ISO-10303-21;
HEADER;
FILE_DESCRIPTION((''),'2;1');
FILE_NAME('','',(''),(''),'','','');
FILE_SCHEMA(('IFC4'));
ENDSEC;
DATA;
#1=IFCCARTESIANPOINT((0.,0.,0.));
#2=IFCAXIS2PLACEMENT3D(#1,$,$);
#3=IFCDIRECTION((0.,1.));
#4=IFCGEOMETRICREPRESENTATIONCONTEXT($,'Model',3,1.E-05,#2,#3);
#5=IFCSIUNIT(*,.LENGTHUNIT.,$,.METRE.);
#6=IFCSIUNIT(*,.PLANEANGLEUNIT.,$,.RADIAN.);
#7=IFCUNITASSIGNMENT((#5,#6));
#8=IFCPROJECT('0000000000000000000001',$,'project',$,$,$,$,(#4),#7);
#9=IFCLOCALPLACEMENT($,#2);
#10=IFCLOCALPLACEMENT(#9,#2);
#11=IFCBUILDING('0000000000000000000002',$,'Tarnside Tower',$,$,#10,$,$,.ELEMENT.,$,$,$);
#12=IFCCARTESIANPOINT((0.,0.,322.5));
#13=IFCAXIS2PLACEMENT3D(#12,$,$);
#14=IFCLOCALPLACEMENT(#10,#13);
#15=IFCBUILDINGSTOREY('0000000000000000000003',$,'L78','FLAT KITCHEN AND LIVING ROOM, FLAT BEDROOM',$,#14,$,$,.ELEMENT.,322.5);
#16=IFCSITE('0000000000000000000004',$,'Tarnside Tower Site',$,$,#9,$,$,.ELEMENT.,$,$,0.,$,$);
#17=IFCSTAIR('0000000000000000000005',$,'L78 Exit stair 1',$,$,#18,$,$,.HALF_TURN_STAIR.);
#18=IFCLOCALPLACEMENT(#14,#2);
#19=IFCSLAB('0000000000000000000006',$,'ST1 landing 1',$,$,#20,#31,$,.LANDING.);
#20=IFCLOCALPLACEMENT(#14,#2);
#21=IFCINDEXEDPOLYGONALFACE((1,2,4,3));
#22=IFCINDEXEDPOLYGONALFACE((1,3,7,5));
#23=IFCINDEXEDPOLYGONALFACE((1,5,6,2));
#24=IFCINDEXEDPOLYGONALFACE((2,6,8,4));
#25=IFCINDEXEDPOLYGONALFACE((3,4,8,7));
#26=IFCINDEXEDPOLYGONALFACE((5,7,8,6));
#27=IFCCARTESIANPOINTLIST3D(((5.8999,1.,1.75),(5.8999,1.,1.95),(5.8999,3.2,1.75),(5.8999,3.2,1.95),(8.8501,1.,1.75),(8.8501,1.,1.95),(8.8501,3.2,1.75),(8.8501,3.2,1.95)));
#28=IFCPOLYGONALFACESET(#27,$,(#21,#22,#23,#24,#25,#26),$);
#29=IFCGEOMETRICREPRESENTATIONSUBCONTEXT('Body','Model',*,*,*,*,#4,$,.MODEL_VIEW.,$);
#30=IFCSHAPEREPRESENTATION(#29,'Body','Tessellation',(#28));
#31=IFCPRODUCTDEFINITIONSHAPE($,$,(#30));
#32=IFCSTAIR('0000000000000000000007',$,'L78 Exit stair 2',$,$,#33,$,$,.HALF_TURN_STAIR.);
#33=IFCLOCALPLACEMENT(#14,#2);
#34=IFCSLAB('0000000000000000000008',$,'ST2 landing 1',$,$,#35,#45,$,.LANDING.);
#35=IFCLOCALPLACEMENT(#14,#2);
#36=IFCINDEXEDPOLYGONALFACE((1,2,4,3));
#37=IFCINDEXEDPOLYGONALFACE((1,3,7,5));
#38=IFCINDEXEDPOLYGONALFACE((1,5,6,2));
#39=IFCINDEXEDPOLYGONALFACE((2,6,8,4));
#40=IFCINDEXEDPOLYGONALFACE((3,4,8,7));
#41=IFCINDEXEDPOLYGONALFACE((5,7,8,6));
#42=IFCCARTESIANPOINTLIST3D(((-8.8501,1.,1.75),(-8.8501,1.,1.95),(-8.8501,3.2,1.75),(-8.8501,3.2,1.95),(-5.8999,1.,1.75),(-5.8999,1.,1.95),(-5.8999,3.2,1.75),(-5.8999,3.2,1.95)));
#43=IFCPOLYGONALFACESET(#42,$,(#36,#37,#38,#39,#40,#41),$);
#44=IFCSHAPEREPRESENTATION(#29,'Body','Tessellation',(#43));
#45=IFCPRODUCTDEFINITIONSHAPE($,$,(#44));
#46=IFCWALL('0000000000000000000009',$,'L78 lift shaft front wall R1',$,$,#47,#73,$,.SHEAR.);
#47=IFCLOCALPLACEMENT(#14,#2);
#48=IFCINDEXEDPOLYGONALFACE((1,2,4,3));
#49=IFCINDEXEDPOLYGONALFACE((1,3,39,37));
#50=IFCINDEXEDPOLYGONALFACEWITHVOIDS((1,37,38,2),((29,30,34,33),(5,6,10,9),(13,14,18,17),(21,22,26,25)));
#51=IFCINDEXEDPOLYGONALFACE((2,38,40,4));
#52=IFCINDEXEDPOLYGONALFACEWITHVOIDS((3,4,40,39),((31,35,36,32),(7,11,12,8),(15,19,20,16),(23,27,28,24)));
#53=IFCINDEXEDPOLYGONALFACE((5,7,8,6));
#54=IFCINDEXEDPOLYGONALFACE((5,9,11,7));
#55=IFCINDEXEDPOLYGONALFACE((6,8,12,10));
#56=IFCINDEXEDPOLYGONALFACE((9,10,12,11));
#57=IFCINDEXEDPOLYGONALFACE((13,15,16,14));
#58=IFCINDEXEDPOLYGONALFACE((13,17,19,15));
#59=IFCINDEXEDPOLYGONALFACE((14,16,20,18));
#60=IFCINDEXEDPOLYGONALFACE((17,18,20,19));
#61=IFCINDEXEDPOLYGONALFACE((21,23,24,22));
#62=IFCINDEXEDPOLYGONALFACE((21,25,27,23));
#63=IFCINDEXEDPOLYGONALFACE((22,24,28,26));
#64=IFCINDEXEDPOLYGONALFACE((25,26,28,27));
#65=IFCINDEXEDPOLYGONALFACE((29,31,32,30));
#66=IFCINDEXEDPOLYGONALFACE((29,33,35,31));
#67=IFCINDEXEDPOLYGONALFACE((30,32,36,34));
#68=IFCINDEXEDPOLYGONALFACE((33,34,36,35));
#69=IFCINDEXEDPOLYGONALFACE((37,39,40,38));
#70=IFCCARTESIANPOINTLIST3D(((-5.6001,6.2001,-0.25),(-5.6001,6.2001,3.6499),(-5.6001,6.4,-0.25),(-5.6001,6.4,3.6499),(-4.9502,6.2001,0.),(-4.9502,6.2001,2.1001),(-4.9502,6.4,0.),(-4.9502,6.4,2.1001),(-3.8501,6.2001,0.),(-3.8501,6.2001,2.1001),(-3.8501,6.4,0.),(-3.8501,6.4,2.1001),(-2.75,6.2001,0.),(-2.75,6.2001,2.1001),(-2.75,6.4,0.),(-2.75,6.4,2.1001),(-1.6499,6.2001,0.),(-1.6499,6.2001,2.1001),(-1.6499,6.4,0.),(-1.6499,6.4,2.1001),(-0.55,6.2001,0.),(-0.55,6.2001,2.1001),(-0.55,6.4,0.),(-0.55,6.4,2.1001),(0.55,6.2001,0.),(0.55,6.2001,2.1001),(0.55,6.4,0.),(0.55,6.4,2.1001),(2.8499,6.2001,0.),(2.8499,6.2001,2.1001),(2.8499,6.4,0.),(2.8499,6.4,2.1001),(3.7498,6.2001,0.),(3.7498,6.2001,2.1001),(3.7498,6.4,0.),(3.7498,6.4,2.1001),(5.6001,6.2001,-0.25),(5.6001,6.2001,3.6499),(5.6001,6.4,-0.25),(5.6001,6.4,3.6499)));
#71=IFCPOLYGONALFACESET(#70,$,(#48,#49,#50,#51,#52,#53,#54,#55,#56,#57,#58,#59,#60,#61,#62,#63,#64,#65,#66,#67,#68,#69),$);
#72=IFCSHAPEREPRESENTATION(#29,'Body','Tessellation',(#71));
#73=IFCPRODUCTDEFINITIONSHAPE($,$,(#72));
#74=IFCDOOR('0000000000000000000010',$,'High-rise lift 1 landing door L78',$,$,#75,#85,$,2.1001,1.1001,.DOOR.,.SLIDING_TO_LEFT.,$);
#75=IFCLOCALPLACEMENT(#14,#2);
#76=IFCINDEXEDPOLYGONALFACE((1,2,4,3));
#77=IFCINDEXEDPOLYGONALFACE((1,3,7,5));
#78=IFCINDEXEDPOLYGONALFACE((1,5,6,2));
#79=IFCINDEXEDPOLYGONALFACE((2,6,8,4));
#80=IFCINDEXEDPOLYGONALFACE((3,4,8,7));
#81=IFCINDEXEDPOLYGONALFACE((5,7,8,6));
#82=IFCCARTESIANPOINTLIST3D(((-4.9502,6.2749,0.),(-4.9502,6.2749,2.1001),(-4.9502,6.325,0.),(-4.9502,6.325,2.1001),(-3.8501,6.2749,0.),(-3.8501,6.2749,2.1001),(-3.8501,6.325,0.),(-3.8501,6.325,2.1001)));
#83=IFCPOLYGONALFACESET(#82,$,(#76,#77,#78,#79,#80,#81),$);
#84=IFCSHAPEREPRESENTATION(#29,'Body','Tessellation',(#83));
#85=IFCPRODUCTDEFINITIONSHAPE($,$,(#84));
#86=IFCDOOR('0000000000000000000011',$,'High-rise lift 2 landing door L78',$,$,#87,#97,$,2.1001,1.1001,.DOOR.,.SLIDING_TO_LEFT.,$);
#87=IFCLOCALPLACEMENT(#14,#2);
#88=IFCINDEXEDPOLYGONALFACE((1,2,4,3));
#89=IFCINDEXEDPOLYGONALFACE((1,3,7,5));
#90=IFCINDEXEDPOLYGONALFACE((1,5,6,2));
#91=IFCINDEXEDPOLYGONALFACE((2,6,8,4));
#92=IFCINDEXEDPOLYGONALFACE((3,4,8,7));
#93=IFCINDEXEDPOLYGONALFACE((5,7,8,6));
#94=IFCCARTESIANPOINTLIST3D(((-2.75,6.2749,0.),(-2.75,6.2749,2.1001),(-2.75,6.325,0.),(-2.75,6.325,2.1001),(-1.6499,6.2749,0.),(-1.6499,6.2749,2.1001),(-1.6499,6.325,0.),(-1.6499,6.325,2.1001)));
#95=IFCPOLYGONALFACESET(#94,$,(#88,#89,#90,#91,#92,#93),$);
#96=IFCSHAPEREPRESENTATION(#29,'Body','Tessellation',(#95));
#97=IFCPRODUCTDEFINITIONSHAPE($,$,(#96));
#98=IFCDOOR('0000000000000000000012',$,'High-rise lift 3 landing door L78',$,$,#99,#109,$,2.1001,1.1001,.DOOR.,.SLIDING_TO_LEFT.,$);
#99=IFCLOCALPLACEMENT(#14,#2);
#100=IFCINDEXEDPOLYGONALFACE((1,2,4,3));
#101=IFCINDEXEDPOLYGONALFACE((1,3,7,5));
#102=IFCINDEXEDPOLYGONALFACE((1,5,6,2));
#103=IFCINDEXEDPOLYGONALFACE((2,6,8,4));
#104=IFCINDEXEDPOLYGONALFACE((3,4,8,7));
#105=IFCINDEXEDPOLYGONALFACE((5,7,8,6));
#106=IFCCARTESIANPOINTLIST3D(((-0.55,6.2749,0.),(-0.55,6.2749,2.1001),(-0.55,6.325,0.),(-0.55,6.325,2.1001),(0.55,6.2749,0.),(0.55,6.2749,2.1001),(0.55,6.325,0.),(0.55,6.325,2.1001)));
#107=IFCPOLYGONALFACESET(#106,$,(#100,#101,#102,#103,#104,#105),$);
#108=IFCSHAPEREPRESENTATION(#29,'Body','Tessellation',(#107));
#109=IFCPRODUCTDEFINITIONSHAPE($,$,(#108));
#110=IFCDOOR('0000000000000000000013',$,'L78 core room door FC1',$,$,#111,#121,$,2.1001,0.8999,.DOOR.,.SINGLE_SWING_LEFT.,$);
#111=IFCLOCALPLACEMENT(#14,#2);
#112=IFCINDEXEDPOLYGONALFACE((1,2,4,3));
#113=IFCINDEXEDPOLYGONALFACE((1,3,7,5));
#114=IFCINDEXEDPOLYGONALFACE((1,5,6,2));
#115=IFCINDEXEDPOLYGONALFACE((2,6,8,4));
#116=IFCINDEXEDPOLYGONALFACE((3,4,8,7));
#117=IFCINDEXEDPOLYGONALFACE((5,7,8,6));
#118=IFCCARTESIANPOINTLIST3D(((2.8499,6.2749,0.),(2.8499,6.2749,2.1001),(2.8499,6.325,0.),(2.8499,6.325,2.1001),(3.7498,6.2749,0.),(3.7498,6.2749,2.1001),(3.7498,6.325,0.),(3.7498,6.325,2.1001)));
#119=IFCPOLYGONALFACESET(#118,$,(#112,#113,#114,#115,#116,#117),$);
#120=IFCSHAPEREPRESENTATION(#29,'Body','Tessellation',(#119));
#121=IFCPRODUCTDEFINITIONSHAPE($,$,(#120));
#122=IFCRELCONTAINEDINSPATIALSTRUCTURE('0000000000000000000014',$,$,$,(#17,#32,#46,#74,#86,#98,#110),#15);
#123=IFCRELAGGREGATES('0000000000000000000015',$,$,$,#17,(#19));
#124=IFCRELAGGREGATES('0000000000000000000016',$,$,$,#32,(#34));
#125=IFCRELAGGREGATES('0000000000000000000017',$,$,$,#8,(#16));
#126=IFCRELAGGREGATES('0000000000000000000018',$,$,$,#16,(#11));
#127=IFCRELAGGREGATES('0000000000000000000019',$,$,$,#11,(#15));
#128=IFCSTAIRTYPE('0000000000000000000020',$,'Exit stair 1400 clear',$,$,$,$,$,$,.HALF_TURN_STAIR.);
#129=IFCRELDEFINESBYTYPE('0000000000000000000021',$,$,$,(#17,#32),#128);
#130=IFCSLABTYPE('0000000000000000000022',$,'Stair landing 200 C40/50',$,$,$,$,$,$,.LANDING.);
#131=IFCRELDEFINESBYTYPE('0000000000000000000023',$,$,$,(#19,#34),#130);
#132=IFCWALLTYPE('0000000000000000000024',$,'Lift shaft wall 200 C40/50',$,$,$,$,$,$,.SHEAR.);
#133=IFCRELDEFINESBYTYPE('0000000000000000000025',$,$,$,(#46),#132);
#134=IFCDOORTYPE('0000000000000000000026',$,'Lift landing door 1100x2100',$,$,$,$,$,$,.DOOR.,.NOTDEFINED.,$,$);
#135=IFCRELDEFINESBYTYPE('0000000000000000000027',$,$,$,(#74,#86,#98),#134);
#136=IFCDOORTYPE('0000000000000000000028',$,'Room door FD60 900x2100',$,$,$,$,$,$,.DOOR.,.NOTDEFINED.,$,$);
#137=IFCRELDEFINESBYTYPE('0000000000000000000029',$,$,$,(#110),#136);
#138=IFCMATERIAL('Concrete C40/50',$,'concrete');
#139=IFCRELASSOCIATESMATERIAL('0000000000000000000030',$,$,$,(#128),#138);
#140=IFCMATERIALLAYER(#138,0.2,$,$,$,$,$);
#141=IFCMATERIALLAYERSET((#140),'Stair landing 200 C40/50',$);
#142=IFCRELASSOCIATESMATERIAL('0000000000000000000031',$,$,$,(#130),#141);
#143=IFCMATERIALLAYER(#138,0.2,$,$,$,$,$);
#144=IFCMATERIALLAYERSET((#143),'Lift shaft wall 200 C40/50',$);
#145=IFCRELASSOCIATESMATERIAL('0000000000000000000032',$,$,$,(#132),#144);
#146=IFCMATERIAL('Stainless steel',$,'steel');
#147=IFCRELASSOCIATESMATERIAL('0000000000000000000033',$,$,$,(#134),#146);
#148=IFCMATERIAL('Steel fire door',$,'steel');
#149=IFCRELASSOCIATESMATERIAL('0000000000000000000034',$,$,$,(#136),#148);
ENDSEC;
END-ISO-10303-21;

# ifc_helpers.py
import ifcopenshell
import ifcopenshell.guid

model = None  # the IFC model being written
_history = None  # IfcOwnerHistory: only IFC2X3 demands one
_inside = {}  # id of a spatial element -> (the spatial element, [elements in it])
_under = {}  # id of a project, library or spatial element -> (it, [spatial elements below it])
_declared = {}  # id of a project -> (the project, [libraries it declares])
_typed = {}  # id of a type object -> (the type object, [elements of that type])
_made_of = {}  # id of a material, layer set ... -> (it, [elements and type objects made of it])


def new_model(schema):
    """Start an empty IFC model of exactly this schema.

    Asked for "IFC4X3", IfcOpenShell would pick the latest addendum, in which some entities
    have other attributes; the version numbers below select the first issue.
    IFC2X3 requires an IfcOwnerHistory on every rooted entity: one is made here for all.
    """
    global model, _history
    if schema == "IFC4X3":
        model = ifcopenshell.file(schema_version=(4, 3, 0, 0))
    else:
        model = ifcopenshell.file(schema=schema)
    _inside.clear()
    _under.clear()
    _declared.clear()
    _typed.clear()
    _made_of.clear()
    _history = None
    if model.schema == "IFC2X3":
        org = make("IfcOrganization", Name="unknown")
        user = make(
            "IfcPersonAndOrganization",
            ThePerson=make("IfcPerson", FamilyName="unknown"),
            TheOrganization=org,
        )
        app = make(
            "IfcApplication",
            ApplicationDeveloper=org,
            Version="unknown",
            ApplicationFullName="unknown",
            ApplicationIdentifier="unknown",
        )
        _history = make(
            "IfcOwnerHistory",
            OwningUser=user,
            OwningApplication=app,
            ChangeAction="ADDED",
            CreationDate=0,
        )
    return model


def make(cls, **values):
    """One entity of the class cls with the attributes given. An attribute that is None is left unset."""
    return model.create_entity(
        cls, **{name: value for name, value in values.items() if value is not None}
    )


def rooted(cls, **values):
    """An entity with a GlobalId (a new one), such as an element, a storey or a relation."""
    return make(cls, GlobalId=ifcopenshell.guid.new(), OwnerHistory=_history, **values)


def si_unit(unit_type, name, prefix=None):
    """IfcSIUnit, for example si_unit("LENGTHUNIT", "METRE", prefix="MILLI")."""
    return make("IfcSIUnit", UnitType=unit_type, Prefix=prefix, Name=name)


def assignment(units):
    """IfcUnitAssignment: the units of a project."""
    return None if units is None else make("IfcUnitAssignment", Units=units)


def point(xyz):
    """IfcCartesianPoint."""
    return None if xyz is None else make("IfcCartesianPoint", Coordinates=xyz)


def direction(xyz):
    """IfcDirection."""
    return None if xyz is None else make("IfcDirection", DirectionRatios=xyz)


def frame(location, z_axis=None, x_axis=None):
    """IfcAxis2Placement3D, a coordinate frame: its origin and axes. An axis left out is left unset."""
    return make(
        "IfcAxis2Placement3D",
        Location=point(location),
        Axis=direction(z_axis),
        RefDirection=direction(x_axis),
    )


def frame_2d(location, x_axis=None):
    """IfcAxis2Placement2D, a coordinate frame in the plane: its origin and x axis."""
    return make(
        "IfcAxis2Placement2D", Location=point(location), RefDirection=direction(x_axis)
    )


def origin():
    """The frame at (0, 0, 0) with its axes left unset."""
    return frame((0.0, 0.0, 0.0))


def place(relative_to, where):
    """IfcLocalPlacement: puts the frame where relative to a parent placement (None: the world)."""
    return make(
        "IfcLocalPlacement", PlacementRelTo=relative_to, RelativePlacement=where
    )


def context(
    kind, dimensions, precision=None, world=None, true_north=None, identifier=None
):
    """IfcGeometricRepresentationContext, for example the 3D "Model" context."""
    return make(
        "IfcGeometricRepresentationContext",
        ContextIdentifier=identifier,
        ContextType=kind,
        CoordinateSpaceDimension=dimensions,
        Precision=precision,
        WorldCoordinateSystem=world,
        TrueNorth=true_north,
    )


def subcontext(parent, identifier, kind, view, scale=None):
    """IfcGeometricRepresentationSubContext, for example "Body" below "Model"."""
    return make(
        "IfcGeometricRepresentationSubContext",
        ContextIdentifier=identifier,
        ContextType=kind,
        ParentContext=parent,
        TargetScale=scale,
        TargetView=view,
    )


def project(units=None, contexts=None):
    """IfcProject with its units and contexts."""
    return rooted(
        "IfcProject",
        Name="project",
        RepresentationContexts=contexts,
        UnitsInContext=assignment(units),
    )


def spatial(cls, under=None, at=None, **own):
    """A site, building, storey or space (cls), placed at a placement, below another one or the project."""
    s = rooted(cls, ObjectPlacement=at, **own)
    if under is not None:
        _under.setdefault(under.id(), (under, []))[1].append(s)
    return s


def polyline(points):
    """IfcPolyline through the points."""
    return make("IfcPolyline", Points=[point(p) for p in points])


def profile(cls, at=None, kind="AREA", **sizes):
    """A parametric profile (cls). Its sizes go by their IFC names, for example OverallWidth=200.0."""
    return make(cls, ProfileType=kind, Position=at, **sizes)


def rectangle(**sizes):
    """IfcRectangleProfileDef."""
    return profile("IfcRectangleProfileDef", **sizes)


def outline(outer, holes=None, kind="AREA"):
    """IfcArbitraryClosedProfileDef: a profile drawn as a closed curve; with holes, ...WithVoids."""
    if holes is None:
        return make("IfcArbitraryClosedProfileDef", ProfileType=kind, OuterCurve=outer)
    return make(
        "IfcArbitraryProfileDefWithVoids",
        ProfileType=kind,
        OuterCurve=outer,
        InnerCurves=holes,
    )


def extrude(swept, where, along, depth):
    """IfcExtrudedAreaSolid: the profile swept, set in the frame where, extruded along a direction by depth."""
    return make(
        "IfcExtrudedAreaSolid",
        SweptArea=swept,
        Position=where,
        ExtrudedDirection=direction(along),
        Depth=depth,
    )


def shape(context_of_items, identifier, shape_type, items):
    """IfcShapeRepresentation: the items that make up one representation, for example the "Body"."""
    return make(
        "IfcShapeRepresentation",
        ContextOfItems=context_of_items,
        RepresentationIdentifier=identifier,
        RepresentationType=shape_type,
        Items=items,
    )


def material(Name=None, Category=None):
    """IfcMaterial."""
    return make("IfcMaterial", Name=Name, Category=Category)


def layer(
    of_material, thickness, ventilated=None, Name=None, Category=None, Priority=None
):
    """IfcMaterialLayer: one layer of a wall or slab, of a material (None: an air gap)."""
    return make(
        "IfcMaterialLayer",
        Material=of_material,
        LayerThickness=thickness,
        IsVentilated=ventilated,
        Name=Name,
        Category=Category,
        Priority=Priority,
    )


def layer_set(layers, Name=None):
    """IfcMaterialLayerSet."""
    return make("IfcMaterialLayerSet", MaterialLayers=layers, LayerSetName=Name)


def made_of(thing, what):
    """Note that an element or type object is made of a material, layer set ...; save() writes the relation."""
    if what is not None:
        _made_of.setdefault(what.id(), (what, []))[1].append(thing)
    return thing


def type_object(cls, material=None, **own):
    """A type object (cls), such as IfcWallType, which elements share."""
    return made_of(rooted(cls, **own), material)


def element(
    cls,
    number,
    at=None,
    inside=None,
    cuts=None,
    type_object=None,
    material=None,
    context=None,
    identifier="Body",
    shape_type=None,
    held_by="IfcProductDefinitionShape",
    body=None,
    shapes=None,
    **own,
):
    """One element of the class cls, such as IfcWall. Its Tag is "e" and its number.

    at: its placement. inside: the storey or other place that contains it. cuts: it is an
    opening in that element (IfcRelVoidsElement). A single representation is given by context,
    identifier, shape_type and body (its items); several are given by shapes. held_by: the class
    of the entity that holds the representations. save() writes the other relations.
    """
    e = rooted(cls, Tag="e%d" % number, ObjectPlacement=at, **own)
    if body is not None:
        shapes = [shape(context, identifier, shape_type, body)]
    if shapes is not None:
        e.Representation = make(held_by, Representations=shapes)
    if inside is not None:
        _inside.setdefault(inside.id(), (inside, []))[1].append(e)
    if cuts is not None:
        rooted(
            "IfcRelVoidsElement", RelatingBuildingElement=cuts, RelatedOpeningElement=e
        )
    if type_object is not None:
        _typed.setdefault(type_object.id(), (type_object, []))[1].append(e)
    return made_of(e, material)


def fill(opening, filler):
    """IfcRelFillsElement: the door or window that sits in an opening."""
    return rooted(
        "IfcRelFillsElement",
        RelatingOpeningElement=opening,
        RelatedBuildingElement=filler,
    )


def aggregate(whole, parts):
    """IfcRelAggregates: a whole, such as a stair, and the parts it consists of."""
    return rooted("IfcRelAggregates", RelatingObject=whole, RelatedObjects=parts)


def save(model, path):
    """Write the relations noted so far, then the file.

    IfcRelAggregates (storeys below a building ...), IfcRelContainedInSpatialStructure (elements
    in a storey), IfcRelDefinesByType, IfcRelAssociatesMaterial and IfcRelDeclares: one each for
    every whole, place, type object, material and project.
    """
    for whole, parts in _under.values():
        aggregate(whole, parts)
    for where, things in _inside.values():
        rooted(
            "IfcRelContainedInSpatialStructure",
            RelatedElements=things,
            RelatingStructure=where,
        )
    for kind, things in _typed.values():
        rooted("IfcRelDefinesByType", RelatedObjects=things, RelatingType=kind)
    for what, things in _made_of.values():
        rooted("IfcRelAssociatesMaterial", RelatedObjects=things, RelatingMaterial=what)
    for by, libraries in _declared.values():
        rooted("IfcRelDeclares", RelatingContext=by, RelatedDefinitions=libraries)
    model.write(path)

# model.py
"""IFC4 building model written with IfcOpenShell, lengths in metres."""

from ifc_helpers import new_model, si_unit, direction, frame, frame_2d, origin, place, context, subcontext, project, spatial, polyline, rectangle, outline, extrude, material, layer, layer_set, type_object, element, fill, aggregate, save


model = new_model("IFC4")

# Units and contexts
model_context = context("Model", 3, precision=1e-05, world=origin(), true_north=direction((0.0, 1.0)))
body_context = subcontext(model_context, "Body", "Model", "MODEL_VIEW")
ifc_project = project(units=[si_unit("LENGTHUNIT", "METRE"), si_unit("PLANEANGLEUNIT", "RADIAN")], contexts=[model_context])

# Site, building, storey
site_placement = place(None, origin())
site = spatial("IfcSite", under=ifc_project, at=site_placement, Name="Tarnside Tower Site", CompositionType="ELEMENT", RefElevation=0.0)
building_placement = place(site_placement, origin())
building = spatial("IfcBuilding", under=site, at=building_placement, Name="Tarnside Tower", CompositionType="ELEMENT")
storey_placement = place(building_placement, frame((0.0, 0.0, 322.5)))
storey = spatial("IfcBuildingStorey", under=building, at=storey_placement, Name="L78", Description="FLAT KITCHEN AND LIVING ROOM, FLAT BEDROOM", CompositionType="ELEMENT", Elevation=322.5)

# Shared definitions
ifc_material_1 = material(Name="Concrete C40/50", Category="concrete")

# Stairs, slabs
stair_type = type_object("IfcStairType", Name="Exit stair 1400 clear", PredefinedType="HALF_TURN_STAIR", material=ifc_material_1)
stair_1_placement = place(storey_placement, origin())
stair_1 = element("IfcStair", 1, at=stair_1_placement, inside=storey, type_object=stair_type, Name="L78 Exit stair 1", PredefinedType="HALF_TURN_STAIR")
ifc_layer_1 = layer(ifc_material_1, 0.2)
ifc_layer_set_1 = layer_set([ifc_layer_1], Name="Stair landing 200 C40/50")
slab_type_1 = type_object("IfcSlabType", Name="Stair landing 200 C40/50", PredefinedType="LANDING", material=ifc_layer_set_1)
slab_1_placement = place(storey_placement, frame((0.0, 0.0, 1.75)))
slab_1 = element("IfcSlab", 2, at=slab_1_placement, type_object=slab_type_1, Name="ST1 landing 1", PredefinedType="LANDING", context=body_context, shape_type="SweptSolid", body=[
    extrude(outline(polyline([(8.8501, 1.0), (8.8501, 3.2), (5.8999, 3.2), (5.8999, 1.0), (8.8501, 1.0)])), origin(), (0.0, 0.0, 1.0), 0.2),
])
aggregate(stair_1, [slab_1])
stair_2_placement = place(storey_placement, origin())
stair_2 = element("IfcStair", 3, at=stair_2_placement, inside=storey, type_object=stair_type, Name="L78 Exit stair 2", PredefinedType="HALF_TURN_STAIR")
slab_2_placement = place(storey_placement, frame((0.0, 0.0, 1.75)))
slab_2 = element("IfcSlab", 4, at=slab_2_placement, type_object=slab_type_1, Name="ST2 landing 1", PredefinedType="LANDING", context=body_context, shape_type="SweptSolid", body=[
    extrude(outline(polyline([(-5.8999, 1.0), (-5.8999, 3.2), (-8.8501, 3.2), (-8.8501, 1.0), (-5.8999, 1.0)])), origin(), (0.0, 0.0, 1.0), 0.2),
])

# Wall, openings, doors
ifc_layer_2 = layer(ifc_material_1, 0.2)
ifc_layer_set_2 = layer_set([ifc_layer_2], Name="Lift shaft wall 200 C40/50")
wall_type = type_object("IfcWallType", Name="Lift shaft wall 200 C40/50", PredefinedType="SHEAR", material=ifc_layer_set_2)
wall_1_placement = place(storey_placement, frame((-5.6001, 6.3, -0.25), z_axis=(0.0, 0.0, 1.0), x_axis=(1.0, 0.0, 0.0)))
wall_1 = element("IfcWall", 5, at=wall_1_placement, inside=storey, type_object=wall_type, Name="L78 lift shaft front wall R1", PredefinedType="SHEAR", context=body_context, shape_type="SweptSolid", body=[
    extrude(rectangle(XDim=11.2002, YDim=0.2, at=frame_2d((5.6001, 0.0))), origin(), (0.0, 0.0, 1.0), 3.8999),
])
opening_1_placement = place(wall_1_placement, frame((8.45, 0.0, 0.25)))
opening_1 = element("IfcOpeningElement", 6, at=opening_1_placement, cuts=wall_1, PredefinedType="OPENING", context=body_context, shape_type="SweptSolid", body=[
    extrude(rectangle(XDim=0.8999, YDim=2.1001, at=frame_2d((0.45, 1.05))), frame((0.0, 0.1099, 0.0), z_axis=(0.0, -1.0, 0.0), x_axis=(1.0, 0.0, 0.0)), (0.0, 0.0, 1.0), 0.22),
])
opening_2_placement = place(wall_1_placement, frame((0.6499, 0.0, 0.25)))
opening_2 = element("IfcOpeningElement", 7, at=opening_2_placement, cuts=wall_1, PredefinedType="OPENING", context=body_context, shape_type="SweptSolid", body=[
    extrude(rectangle(XDim=1.1001, YDim=2.1001, at=frame_2d((0.55, 1.05))), frame((0.0, 0.1099, 0.0), z_axis=(0.0, -1.0, 0.0), x_axis=(1.0, 0.0, 0.0)), (0.0, 0.0, 1.0), 0.22),
])
opening_3_placement = place(wall_1_placement, frame((2.8501, 0.0, 0.25)))
opening_3 = element("IfcOpeningElement", 8, at=opening_3_placement, cuts=wall_1, PredefinedType="OPENING", context=body_context, shape_type="SweptSolid", body=[
    extrude(rectangle(XDim=1.1001, YDim=2.1001, at=frame_2d((0.55, 1.05))), frame((0.0, 0.1099, 0.0), z_axis=(0.0, -1.0, 0.0), x_axis=(1.0, 0.0, 0.0)), (0.0, 0.0, 1.0), 0.22),
])
opening_4_placement = place(wall_1_placement, frame((5.05, 0.0, 0.25)))
opening_4 = element("IfcOpeningElement", 9, at=opening_4_placement, cuts=wall_1, PredefinedType="OPENING", context=body_context, shape_type="SweptSolid", body=[
    extrude(rectangle(XDim=1.1001, YDim=2.1001, at=frame_2d((0.55, 1.05))), frame((0.0, 0.1099, 0.0), z_axis=(0.0, -1.0, 0.0), x_axis=(1.0, 0.0, 0.0)), (0.0, 0.0, 1.0), 0.22),
])
ifc_material_2 = material(Name="Stainless steel", Category="steel")
door_type_1 = type_object("IfcDoorType", Name="Lift landing door 1100x2100", OperationType="NOTDEFINED", PredefinedType="DOOR", material=ifc_material_2)
door_1_placement = place(opening_2_placement, origin())
door_1 = element("IfcDoor", 10, at=door_1_placement, inside=storey, type_object=door_type_1, Name="High-rise lift 1 landing door L78", OperationType="SLIDING_TO_LEFT", OverallHeight=2.1001, OverallWidth=1.1001, PredefinedType="DOOR", context=body_context, shape_type="SweptSolid", body=[
    extrude(rectangle(XDim=1.1001, YDim=2.1001, at=frame_2d((0.55, 1.05))), frame((0.0, 0.0249, 0.0), z_axis=(0.0, -1.0, 0.0), x_axis=(1.0, 0.0, 0.0)), (0.0, 0.0, 1.0), 0.05),
])
fill(opening_2, door_1)
door_2_placement = place(opening_3_placement, origin())
door_2 = element("IfcDoor", 11, at=door_2_placement, inside=storey, type_object=door_type_1, Name="High-rise lift 2 landing door L78", OperationType="SLIDING_TO_LEFT", OverallHeight=2.1001, OverallWidth=1.1001, PredefinedType="DOOR", context=body_context, shape_type="SweptSolid", body=[
    extrude(rectangle(XDim=1.1001, YDim=2.1001, at=frame_2d((0.55, 1.05))), frame((0.0, 0.0249, 0.0), z_axis=(0.0, -1.0, 0.0), x_axis=(1.0, 0.0, 0.0)), (0.0, 0.0, 1.0), 0.05),
])
fill(opening_3, door_2)
door_3_placement = place(opening_4_placement, origin())
door_3 = element("IfcDoor", 12, at=door_3_placement, inside=storey, type_object=door_type_1, Name="High-rise lift 3 landing door L78", OperationType="SLIDING_TO_LEFT", OverallHeight=2.1001, OverallWidth=1.1001, PredefinedType="DOOR", context=body_context, shape_type="SweptSolid", body=[
    extrude(rectangle(XDim=1.1001, YDim=2.1001, at=frame_2d((0.55, 1.05))), frame((0.0, 0.0249, 0.0), z_axis=(0.0, -1.0, 0.0), x_axis=(1.0, 0.0, 0.0)), (0.0, 0.0, 1.0), 0.05),
])
fill(opening_4, door_3)
ifc_material_3 = material(Name="Steel fire door", Category="steel")
door_type_2 = type_object("IfcDoorType", Name="Room door FD60 900x2100", OperationType="NOTDEFINED", PredefinedType="DOOR", material=ifc_material_3)
door_4_placement = place(opening_1_placement, origin())
door_4 = element("IfcDoor", 13, at=door_4_placement, inside=storey, type_object=door_type_2, Name="L78 core room door FC1", OperationType="SINGLE_SWING_LEFT", OverallHeight=2.1001, OverallWidth=0.8999, PredefinedType="DOOR", context=body_context, shape_type="SweptSolid", body=[
    extrude(rectangle(XDim=0.8999, YDim=2.1001, at=frame_2d((0.45, 1.05))), frame((0.0, 0.0249, 0.0), z_axis=(0.0, -1.0, 0.0), x_axis=(1.0, 0.0, 0.0)), (0.0, 0.0, 1.0), 0.05),
])
fill(opening_1, door_4)

aggregate(stair_2, [slab_2])

save(model, "model.ifc")
